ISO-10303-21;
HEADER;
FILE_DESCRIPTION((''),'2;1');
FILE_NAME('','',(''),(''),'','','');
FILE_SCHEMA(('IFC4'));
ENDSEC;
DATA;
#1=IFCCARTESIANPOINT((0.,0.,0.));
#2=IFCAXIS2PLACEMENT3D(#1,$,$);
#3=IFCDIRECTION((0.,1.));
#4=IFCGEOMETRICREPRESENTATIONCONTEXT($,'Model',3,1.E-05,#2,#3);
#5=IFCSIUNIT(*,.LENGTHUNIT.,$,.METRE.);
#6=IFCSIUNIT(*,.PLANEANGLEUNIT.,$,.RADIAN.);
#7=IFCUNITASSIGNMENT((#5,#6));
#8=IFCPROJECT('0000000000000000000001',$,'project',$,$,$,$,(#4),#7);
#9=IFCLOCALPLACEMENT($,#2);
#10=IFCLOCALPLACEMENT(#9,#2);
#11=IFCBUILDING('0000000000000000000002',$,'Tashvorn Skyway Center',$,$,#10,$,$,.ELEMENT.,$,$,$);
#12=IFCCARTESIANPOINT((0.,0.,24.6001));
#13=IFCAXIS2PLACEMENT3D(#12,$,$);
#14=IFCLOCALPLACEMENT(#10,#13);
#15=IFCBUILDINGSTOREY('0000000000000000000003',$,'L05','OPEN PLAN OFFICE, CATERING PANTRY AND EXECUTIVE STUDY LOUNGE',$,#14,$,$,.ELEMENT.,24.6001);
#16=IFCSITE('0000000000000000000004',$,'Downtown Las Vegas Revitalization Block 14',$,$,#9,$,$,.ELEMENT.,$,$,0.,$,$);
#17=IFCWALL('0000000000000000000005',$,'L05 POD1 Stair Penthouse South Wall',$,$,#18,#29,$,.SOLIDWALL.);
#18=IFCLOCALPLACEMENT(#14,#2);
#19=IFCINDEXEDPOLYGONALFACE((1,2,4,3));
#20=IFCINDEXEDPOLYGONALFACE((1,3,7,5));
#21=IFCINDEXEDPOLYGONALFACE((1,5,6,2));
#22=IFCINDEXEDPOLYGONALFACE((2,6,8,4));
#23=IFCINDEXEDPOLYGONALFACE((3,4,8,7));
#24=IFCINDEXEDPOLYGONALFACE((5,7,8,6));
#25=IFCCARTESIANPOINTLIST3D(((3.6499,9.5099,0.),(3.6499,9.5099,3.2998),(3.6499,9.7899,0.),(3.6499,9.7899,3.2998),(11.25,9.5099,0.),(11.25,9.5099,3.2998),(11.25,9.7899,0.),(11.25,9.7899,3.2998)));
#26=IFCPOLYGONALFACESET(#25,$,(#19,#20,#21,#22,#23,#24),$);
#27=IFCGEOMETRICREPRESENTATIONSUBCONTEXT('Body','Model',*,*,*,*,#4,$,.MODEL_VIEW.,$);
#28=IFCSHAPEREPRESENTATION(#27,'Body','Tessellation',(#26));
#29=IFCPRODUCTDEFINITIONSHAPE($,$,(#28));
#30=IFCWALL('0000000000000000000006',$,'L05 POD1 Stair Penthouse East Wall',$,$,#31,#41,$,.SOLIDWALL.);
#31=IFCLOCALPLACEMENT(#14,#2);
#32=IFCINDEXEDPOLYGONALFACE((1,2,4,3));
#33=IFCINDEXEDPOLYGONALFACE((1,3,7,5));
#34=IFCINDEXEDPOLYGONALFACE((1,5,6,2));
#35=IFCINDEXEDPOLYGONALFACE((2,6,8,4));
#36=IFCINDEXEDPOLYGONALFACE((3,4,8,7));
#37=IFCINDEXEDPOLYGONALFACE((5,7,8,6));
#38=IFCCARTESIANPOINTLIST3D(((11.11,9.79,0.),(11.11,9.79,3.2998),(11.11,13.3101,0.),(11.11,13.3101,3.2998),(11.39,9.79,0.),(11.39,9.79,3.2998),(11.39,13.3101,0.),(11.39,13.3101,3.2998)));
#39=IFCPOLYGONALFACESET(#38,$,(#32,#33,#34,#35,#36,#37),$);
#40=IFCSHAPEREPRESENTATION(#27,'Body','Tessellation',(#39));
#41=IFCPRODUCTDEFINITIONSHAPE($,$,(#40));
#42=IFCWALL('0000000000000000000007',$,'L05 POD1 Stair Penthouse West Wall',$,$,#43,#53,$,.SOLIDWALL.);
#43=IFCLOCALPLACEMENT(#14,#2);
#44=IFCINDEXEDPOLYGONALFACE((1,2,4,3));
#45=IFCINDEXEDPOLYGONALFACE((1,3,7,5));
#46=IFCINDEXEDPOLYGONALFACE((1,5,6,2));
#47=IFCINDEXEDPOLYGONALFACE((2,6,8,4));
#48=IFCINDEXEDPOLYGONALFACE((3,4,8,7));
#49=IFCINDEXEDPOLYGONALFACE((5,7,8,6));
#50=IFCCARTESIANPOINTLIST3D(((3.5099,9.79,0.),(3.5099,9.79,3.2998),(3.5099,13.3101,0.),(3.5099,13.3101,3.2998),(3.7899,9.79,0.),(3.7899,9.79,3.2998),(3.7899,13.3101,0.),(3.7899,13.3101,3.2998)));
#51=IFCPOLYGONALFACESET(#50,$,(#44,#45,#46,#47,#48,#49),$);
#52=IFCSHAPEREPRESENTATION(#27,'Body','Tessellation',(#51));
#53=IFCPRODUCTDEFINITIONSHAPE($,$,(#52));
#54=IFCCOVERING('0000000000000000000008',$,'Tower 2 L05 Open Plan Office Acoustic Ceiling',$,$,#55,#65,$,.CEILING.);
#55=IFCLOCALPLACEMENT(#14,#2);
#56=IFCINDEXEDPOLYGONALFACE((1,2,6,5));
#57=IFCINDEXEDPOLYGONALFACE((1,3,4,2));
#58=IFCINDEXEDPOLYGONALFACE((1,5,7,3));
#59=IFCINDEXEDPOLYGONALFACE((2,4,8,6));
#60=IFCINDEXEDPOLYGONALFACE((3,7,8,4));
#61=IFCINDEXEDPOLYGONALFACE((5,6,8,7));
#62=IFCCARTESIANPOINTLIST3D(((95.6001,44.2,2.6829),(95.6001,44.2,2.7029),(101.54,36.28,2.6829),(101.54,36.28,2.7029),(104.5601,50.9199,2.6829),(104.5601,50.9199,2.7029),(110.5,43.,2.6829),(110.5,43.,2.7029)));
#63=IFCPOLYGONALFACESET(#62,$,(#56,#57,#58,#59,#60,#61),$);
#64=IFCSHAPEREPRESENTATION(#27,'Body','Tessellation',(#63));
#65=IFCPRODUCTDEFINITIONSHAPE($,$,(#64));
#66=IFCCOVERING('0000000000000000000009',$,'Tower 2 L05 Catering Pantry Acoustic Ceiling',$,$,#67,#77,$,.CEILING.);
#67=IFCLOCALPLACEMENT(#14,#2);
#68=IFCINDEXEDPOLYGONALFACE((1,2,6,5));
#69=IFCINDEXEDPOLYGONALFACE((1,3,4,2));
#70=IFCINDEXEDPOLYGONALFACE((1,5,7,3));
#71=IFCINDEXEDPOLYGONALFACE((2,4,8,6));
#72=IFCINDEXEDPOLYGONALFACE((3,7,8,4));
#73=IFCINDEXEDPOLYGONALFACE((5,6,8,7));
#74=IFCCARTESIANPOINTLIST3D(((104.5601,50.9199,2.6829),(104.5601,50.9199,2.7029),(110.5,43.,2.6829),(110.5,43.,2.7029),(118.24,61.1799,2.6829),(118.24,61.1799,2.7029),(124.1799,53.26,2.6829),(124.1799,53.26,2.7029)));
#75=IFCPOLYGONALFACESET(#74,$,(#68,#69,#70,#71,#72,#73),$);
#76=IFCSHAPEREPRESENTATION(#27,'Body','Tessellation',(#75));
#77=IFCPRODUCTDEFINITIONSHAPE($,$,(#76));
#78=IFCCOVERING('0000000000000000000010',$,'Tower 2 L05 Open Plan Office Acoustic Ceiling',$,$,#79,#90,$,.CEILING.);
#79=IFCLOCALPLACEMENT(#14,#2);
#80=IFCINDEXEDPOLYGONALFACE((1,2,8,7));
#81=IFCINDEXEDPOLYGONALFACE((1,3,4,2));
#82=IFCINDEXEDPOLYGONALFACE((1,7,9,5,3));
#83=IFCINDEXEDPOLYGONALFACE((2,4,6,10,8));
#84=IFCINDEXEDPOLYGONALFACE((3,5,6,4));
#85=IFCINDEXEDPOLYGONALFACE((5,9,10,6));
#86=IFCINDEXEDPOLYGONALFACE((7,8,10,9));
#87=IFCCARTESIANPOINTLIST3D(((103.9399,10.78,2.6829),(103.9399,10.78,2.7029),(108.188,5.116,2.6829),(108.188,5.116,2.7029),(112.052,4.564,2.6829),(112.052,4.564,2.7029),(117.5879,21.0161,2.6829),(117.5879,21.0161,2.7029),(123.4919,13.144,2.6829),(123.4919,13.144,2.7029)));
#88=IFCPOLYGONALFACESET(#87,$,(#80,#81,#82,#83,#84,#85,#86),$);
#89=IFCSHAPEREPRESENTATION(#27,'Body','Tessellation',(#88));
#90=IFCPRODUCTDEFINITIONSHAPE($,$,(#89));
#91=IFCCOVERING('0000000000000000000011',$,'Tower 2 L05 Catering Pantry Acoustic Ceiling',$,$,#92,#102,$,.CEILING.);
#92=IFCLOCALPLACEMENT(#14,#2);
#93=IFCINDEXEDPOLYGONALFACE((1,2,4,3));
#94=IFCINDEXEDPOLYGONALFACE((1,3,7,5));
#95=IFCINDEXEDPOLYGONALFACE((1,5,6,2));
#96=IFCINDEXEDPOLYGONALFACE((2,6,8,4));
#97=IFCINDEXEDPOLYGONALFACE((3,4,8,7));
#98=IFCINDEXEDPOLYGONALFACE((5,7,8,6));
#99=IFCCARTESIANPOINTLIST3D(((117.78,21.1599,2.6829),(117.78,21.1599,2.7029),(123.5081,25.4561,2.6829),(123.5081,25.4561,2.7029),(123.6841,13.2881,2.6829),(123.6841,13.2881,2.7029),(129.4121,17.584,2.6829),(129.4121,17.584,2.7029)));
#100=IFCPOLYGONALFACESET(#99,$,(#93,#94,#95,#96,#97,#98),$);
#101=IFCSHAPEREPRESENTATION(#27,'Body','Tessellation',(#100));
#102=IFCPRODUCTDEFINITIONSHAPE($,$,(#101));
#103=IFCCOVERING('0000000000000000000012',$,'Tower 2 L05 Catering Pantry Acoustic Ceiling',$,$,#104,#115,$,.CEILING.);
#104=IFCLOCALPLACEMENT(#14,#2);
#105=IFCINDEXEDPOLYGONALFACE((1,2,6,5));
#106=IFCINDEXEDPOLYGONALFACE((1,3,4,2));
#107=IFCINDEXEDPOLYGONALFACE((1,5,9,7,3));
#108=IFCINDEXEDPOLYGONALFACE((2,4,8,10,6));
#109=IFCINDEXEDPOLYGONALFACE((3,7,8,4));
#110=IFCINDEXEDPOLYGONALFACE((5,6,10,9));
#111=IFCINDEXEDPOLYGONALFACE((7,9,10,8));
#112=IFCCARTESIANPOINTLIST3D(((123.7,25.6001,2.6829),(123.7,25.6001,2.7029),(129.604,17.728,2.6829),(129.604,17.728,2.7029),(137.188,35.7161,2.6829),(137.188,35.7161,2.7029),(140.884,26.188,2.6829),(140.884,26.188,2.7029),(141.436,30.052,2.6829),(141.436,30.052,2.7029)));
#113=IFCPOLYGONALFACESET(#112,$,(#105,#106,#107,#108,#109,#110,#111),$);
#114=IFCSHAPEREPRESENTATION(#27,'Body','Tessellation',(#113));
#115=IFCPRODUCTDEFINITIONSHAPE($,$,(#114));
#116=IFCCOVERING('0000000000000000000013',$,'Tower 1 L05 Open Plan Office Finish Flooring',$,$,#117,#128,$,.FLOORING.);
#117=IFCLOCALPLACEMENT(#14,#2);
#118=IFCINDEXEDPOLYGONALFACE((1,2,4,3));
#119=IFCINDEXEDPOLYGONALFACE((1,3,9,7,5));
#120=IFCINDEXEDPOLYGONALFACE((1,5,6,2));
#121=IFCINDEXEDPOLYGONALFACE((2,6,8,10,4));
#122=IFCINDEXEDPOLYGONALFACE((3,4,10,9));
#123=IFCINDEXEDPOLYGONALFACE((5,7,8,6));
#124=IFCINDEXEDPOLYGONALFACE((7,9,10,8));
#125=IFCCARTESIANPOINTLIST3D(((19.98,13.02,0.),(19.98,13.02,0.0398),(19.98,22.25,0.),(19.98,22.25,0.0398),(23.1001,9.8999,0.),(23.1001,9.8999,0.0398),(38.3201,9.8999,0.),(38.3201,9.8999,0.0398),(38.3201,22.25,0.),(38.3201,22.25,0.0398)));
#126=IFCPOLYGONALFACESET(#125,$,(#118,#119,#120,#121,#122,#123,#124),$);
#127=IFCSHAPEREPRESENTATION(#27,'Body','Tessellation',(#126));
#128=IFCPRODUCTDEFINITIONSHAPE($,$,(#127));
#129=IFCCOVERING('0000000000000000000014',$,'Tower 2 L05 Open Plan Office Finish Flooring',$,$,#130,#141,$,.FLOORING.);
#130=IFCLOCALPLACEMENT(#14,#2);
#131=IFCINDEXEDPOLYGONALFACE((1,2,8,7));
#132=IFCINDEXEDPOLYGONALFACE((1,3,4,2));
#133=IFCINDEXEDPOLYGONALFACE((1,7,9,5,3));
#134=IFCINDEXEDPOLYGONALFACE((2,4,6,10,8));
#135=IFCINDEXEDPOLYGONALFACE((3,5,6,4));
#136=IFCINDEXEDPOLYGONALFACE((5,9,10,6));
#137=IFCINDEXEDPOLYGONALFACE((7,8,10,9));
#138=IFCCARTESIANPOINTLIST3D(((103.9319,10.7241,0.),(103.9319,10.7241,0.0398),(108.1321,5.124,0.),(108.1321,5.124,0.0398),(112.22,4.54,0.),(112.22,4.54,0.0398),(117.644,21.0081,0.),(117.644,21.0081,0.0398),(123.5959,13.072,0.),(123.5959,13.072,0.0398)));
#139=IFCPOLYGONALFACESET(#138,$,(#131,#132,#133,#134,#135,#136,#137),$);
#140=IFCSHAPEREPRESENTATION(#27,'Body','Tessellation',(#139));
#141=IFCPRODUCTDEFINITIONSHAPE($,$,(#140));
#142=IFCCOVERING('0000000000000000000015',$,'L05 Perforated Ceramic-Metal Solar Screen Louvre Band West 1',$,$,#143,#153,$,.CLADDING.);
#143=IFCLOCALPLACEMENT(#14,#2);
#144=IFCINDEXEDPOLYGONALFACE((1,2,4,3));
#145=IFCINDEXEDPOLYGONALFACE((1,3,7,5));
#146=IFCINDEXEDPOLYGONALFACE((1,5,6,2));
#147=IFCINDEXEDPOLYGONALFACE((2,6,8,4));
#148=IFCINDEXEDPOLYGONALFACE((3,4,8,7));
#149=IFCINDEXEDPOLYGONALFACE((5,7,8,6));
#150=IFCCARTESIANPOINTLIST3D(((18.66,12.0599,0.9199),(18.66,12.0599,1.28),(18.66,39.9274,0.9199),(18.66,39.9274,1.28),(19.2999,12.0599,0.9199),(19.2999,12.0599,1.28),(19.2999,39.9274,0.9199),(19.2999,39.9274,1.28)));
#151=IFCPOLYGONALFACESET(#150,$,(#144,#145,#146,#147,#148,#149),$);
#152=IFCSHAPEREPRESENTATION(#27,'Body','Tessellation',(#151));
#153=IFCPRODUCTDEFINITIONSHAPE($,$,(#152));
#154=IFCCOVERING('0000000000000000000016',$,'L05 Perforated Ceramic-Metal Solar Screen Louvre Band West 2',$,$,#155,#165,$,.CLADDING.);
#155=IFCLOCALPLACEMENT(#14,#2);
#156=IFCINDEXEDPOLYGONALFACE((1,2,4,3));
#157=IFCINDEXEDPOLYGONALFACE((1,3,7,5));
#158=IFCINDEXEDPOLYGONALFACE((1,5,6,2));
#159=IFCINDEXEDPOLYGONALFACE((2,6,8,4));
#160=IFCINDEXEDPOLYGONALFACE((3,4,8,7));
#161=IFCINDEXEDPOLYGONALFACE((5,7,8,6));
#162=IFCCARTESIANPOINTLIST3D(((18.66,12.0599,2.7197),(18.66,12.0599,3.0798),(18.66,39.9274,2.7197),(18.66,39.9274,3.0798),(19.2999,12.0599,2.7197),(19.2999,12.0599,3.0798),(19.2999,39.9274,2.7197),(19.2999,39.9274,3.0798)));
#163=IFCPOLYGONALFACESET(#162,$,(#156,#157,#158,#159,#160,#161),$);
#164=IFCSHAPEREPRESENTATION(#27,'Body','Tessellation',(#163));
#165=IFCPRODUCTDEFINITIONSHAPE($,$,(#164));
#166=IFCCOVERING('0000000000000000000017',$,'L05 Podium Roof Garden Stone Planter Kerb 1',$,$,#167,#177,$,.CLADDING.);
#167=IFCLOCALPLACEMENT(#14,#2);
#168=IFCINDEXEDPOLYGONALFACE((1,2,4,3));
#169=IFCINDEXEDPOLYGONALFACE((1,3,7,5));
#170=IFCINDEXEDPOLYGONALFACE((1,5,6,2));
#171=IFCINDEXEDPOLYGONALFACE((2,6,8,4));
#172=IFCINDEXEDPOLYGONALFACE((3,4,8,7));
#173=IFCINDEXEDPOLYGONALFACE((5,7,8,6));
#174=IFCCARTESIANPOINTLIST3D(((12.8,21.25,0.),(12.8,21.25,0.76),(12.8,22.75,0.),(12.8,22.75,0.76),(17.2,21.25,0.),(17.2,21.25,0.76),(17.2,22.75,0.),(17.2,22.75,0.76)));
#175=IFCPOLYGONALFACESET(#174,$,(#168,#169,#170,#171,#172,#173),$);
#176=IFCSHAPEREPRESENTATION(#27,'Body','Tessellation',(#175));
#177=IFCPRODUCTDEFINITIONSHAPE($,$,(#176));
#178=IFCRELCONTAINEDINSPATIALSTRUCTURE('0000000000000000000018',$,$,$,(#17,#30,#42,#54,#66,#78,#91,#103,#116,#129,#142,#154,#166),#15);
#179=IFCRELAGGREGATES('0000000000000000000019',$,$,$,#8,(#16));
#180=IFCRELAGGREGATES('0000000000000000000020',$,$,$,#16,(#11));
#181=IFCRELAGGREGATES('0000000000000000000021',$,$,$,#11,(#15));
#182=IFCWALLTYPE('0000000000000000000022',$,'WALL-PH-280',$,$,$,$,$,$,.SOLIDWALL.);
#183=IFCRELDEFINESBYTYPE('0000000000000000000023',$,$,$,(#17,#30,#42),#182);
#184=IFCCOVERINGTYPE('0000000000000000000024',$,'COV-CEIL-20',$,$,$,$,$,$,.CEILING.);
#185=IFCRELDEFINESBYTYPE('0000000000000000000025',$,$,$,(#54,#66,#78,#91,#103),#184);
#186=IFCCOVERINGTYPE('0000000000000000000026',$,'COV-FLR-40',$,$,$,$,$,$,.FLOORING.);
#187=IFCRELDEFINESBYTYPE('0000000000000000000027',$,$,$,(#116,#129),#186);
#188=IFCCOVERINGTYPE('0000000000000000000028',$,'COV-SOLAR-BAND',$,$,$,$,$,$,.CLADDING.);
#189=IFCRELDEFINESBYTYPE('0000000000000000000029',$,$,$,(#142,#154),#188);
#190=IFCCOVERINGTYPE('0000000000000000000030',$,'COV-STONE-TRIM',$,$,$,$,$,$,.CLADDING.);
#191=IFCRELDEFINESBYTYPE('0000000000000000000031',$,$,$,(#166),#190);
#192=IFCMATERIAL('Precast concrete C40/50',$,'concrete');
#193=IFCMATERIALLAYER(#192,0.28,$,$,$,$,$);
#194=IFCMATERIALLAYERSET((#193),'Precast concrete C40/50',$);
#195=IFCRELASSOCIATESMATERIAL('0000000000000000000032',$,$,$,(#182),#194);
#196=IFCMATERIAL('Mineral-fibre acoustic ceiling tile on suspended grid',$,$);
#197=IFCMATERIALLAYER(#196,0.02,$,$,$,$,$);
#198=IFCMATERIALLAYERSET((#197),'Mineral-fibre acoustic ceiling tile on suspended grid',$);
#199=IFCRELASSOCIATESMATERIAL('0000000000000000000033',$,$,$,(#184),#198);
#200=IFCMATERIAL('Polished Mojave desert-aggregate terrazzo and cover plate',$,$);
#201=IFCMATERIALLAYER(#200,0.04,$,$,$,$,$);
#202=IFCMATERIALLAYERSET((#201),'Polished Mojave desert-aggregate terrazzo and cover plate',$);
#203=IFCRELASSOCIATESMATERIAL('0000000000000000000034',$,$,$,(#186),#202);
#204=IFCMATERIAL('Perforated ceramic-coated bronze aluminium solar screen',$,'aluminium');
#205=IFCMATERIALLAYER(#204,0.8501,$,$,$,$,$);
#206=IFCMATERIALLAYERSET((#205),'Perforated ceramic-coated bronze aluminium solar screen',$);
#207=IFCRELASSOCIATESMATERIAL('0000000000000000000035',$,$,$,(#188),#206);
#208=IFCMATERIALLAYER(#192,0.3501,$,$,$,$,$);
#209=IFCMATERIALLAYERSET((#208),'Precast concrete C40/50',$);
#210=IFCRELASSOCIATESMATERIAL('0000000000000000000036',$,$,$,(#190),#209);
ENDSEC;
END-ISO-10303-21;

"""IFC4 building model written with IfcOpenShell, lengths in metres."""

from ifc_helpers import new_model, si_unit, direction, frame, frame_2d, origin, origin_2d, place, context, subcontext, project, spatial, polyline, rectangle, outline, extrude, material, layer, layer_set, type_object, element, save


model = new_model("IFC4")

# Units and contexts
model_context = context("Model", 3, precision=1e-05, world=origin(), true_north=direction((0.0, 1.0)))
body_context = subcontext(model_context, "Body", "Model", "MODEL_VIEW")
ifc_project = project(units=[si_unit("LENGTHUNIT", "METRE"), si_unit("PLANEANGLEUNIT", "RADIAN")], contexts=[model_context])

# Site, building, storey
site_placement = place(None, origin())
site = spatial("IfcSite", under=ifc_project, at=site_placement, Name="Downtown Las Vegas Revitalization Block 14", CompositionType="ELEMENT", RefElevation=0.0)
building_placement = place(site_placement, origin())
building = spatial("IfcBuilding", under=site, at=building_placement, Name="Tashvorn Skyway Center", CompositionType="ELEMENT")
storey_placement = place(building_placement, frame((0.0, 0.0, 24.6001)))
storey = spatial("IfcBuildingStorey", under=building, at=storey_placement, Name="L05", Description="OPEN PLAN OFFICE, CATERING PANTRY AND EXECUTIVE STUDY LOUNGE", CompositionType="ELEMENT", Elevation=24.6001)

# Wall
ifc_material_1 = material(Name="Precast concrete C40/50", Category="concrete")
ifc_layer_1 = layer(ifc_material_1, 0.28)
ifc_layer_set_1 = layer_set([ifc_layer_1], Name="Precast concrete C40/50")
wall_type = type_object("IfcWallType", Name="WALL-PH-280", PredefinedType="SOLIDWALL", material=ifc_layer_set_1)
wall_1_placement = place(storey_placement, frame((11.25, 9.6499, 0.0), z_axis=(0.0, 0.0, 1.0), x_axis=(-1.0, 0.0, 0.0)))
element("IfcWall", 1, at=wall_1_placement, inside=storey, type_object=wall_type, Name="L05 POD1 Stair Penthouse South Wall", PredefinedType="SOLIDWALL", context=body_context, shape_type="SweptSolid", body=[
    extrude(rectangle(XDim=7.6001, YDim=0.28, at=frame_2d((3.8, 0.0))), origin(), (0.0, 0.0, 1.0), 3.2998),
])

# Walls
for number, where, z_axis, x_axis, name in (
    (2, (11.25, 13.3101, 0.0), (0.0, 0.0, 1.0), (0.0, -1.0, 0.0), "L05 POD1 Stair Penthouse East Wall"),
    (3, (3.6499, 9.79, 0.0), (0.0, 0.0, 1.0), (0.0, 1.0, 0.0), "L05 POD1 Stair Penthouse West Wall"),
):
    element("IfcWall", number, at=place(storey_placement, frame(where, z_axis=z_axis, x_axis=x_axis)), inside=storey, type_object=wall_type, Name=name, PredefinedType="SOLIDWALL", context=body_context, shape_type="SweptSolid", body=[
        extrude(rectangle(XDim=3.52, YDim=0.28, at=frame_2d((1.76, 0.0))), origin(), (0.0, 0.0, 1.0), 3.2998),
    ])

# Coverings
ifc_material_2 = material(Name="Mineral-fibre acoustic ceiling tile on suspended grid")
ifc_layer_2 = layer(ifc_material_2, 0.02)
ifc_layer_set_2 = layer_set([ifc_layer_2], Name="Mineral-fibre acoustic ceiling tile on suspended grid")
covering_type_1 = type_object("IfcCoveringType", Name="COV-CEIL-20", PredefinedType="CEILING", material=ifc_layer_set_2)
covering_1_placement = place(storey_placement, frame((0.0, 0.0, 2.6829)))
element("IfcCovering", 4, at=covering_1_placement, inside=storey, type_object=covering_type_1, Name="Tower 2 L05 Open Plan Office Acoustic Ceiling", PredefinedType="CEILING", context=body_context, shape_type="SweptSolid", body=[
    extrude(outline(polyline([(101.54, 36.28), (110.5, 43.0), (104.5601, 50.9199), (95.6001, 44.2), (101.54, 36.28)])), origin(), (0.0, 0.0, 1.0), 0.02),
])
covering_2_placement = place(storey_placement, frame((0.0, 0.0, 2.6829)))
element("IfcCovering", 5, at=covering_2_placement, inside=storey, type_object=covering_type_1, Name="Tower 2 L05 Catering Pantry Acoustic Ceiling", PredefinedType="CEILING", context=body_context, shape_type="SweptSolid", body=[
    extrude(outline(polyline([(110.5, 43.0), (124.1799, 53.26), (118.24, 61.1799), (104.5601, 50.9199), (110.5, 43.0)])), origin(), (0.0, 0.0, 1.0), 0.02),
])
covering_3_placement = place(storey_placement, frame((0.0, 0.0, 2.6829)))
element("IfcCovering", 6, at=covering_3_placement, inside=storey, type_object=covering_type_1, Name="Tower 2 L05 Open Plan Office Acoustic Ceiling", PredefinedType="CEILING", context=body_context, shape_type="SweptSolid", body=[
    extrude(outline(polyline([(103.9399, 10.78), (117.5879, 21.0161), (123.4919, 13.144), (112.052, 4.564), (108.188, 5.116), (103.9399, 10.78)])), origin(), (0.0, 0.0, 1.0), 0.02),
])
covering_4_placement = place(storey_placement, frame((0.0, 0.0, 2.6829)))
element("IfcCovering", 7, at=covering_4_placement, inside=storey, type_object=covering_type_1, Name="Tower 2 L05 Catering Pantry Acoustic Ceiling", PredefinedType="CEILING", context=body_context, shape_type="SweptSolid", body=[
    extrude(outline(polyline([(117.78, 21.1599), (123.5081, 25.4561), (129.4121, 17.584), (123.6841, 13.2881), (117.78, 21.1599)])), origin(), (0.0, 0.0, 1.0), 0.02),
])
covering_5_placement = place(storey_placement, frame((0.0, 0.0, 2.6829)))
element("IfcCovering", 8, at=covering_5_placement, inside=storey, type_object=covering_type_1, Name="Tower 2 L05 Catering Pantry Acoustic Ceiling", PredefinedType="CEILING", context=body_context, shape_type="SweptSolid", body=[
    extrude(outline(polyline([(129.604, 17.728), (123.7, 25.6001), (137.188, 35.7161), (141.436, 30.052), (140.884, 26.188), (129.604, 17.728)])), origin(), (0.0, 0.0, 1.0), 0.02),
])
ifc_material_3 = material(Name="Polished Mojave desert-aggregate terrazzo and cover plate")
ifc_layer_3 = layer(ifc_material_3, 0.04)
ifc_layer_set_3 = layer_set([ifc_layer_3], Name="Polished Mojave desert-aggregate terrazzo and cover plate")
covering_type_2 = type_object("IfcCoveringType", Name="COV-FLR-40", PredefinedType="FLOORING", material=ifc_layer_set_3)
covering_6_placement = place(storey_placement, origin())
element("IfcCovering", 9, at=covering_6_placement, inside=storey, type_object=covering_type_2, Name="Tower 1 L05 Open Plan Office Finish Flooring", PredefinedType="FLOORING", context=body_context, shape_type="SweptSolid", body=[
    extrude(outline(polyline([(23.1001, 9.8999), (19.98, 13.02), (19.98, 22.25), (38.3201, 22.25), (38.3201, 9.8999), (23.1001, 9.8999)])), origin(), (0.0, 0.0, 1.0), 0.0398),
])
covering_7_placement = place(storey_placement, origin())
element("IfcCovering", 10, at=covering_7_placement, inside=storey, type_object=covering_type_2, Name="Tower 2 L05 Open Plan Office Finish Flooring", PredefinedType="FLOORING", context=body_context, shape_type="SweptSolid", body=[
    extrude(outline(polyline([(112.22, 4.54), (108.1321, 5.124), (103.9319, 10.7241), (117.644, 21.0081), (123.5959, 13.072), (112.22, 4.54)])), origin(), (0.0, 0.0, 1.0), 0.0398),
])
ifc_material_4 = material(Name="Perforated ceramic-coated bronze aluminium solar screen", Category="aluminium")
ifc_layer_4 = layer(ifc_material_4, 0.8501)
ifc_layer_set_4 = layer_set([ifc_layer_4], Name="Perforated ceramic-coated bronze aluminium solar screen")
covering_type_3 = type_object("IfcCoveringType", Name="COV-SOLAR-BAND", PredefinedType="CLADDING", material=ifc_layer_set_4)
for number, where, z_axis, x_axis, name in (
    (11, (18.98, 25.9937, 0.9199), (0.0, 0.0, 1.0), (0.0, 1.0, 0.0), "L05 Perforated Ceramic-Metal Solar Screen Louvre Band West 1"),
    (12, (18.98, 25.9937, 2.7197), (0.0, 0.0, 1.0), (0.0, 1.0, 0.0), "L05 Perforated Ceramic-Metal Solar Screen Louvre Band West 2"),
):
    element("IfcCovering", number, at=place(storey_placement, frame(where, z_axis=z_axis, x_axis=x_axis)), inside=storey, type_object=covering_type_3, Name=name, PredefinedType="CLADDING", context=body_context, shape_type="SweptSolid", body=[
        extrude(rectangle(XDim=27.8674, YDim=0.6399, at=origin_2d()), origin(), (0.0, 0.0, 1.0), 0.3601),
    ])
ifc_layer_5 = layer(ifc_material_1, 0.3501)
ifc_layer_set_5 = layer_set([ifc_layer_5], Name="Precast concrete C40/50")
covering_type_4 = type_object("IfcCoveringType", Name="COV-STONE-TRIM", PredefinedType="CLADDING", material=ifc_layer_set_5)
covering_8_placement = place(storey_placement, frame((15.0, 22.0, 0.0), z_axis=(0.0, 0.0, 1.0), x_axis=(1.0, 0.0, 0.0)))
element("IfcCovering", 13, at=covering_8_placement, inside=storey, type_object=covering_type_4, Name="L05 Podium Roof Garden Stone Planter Kerb 1", PredefinedType="CLADDING", context=body_context, shape_type="SweptSolid", body=[
    extrude(rectangle(XDim=4.3999, YDim=1.5, at=origin_2d()), origin(), (0.0, 0.0, 1.0), 0.76),
])

save(model, "model.ifc")
